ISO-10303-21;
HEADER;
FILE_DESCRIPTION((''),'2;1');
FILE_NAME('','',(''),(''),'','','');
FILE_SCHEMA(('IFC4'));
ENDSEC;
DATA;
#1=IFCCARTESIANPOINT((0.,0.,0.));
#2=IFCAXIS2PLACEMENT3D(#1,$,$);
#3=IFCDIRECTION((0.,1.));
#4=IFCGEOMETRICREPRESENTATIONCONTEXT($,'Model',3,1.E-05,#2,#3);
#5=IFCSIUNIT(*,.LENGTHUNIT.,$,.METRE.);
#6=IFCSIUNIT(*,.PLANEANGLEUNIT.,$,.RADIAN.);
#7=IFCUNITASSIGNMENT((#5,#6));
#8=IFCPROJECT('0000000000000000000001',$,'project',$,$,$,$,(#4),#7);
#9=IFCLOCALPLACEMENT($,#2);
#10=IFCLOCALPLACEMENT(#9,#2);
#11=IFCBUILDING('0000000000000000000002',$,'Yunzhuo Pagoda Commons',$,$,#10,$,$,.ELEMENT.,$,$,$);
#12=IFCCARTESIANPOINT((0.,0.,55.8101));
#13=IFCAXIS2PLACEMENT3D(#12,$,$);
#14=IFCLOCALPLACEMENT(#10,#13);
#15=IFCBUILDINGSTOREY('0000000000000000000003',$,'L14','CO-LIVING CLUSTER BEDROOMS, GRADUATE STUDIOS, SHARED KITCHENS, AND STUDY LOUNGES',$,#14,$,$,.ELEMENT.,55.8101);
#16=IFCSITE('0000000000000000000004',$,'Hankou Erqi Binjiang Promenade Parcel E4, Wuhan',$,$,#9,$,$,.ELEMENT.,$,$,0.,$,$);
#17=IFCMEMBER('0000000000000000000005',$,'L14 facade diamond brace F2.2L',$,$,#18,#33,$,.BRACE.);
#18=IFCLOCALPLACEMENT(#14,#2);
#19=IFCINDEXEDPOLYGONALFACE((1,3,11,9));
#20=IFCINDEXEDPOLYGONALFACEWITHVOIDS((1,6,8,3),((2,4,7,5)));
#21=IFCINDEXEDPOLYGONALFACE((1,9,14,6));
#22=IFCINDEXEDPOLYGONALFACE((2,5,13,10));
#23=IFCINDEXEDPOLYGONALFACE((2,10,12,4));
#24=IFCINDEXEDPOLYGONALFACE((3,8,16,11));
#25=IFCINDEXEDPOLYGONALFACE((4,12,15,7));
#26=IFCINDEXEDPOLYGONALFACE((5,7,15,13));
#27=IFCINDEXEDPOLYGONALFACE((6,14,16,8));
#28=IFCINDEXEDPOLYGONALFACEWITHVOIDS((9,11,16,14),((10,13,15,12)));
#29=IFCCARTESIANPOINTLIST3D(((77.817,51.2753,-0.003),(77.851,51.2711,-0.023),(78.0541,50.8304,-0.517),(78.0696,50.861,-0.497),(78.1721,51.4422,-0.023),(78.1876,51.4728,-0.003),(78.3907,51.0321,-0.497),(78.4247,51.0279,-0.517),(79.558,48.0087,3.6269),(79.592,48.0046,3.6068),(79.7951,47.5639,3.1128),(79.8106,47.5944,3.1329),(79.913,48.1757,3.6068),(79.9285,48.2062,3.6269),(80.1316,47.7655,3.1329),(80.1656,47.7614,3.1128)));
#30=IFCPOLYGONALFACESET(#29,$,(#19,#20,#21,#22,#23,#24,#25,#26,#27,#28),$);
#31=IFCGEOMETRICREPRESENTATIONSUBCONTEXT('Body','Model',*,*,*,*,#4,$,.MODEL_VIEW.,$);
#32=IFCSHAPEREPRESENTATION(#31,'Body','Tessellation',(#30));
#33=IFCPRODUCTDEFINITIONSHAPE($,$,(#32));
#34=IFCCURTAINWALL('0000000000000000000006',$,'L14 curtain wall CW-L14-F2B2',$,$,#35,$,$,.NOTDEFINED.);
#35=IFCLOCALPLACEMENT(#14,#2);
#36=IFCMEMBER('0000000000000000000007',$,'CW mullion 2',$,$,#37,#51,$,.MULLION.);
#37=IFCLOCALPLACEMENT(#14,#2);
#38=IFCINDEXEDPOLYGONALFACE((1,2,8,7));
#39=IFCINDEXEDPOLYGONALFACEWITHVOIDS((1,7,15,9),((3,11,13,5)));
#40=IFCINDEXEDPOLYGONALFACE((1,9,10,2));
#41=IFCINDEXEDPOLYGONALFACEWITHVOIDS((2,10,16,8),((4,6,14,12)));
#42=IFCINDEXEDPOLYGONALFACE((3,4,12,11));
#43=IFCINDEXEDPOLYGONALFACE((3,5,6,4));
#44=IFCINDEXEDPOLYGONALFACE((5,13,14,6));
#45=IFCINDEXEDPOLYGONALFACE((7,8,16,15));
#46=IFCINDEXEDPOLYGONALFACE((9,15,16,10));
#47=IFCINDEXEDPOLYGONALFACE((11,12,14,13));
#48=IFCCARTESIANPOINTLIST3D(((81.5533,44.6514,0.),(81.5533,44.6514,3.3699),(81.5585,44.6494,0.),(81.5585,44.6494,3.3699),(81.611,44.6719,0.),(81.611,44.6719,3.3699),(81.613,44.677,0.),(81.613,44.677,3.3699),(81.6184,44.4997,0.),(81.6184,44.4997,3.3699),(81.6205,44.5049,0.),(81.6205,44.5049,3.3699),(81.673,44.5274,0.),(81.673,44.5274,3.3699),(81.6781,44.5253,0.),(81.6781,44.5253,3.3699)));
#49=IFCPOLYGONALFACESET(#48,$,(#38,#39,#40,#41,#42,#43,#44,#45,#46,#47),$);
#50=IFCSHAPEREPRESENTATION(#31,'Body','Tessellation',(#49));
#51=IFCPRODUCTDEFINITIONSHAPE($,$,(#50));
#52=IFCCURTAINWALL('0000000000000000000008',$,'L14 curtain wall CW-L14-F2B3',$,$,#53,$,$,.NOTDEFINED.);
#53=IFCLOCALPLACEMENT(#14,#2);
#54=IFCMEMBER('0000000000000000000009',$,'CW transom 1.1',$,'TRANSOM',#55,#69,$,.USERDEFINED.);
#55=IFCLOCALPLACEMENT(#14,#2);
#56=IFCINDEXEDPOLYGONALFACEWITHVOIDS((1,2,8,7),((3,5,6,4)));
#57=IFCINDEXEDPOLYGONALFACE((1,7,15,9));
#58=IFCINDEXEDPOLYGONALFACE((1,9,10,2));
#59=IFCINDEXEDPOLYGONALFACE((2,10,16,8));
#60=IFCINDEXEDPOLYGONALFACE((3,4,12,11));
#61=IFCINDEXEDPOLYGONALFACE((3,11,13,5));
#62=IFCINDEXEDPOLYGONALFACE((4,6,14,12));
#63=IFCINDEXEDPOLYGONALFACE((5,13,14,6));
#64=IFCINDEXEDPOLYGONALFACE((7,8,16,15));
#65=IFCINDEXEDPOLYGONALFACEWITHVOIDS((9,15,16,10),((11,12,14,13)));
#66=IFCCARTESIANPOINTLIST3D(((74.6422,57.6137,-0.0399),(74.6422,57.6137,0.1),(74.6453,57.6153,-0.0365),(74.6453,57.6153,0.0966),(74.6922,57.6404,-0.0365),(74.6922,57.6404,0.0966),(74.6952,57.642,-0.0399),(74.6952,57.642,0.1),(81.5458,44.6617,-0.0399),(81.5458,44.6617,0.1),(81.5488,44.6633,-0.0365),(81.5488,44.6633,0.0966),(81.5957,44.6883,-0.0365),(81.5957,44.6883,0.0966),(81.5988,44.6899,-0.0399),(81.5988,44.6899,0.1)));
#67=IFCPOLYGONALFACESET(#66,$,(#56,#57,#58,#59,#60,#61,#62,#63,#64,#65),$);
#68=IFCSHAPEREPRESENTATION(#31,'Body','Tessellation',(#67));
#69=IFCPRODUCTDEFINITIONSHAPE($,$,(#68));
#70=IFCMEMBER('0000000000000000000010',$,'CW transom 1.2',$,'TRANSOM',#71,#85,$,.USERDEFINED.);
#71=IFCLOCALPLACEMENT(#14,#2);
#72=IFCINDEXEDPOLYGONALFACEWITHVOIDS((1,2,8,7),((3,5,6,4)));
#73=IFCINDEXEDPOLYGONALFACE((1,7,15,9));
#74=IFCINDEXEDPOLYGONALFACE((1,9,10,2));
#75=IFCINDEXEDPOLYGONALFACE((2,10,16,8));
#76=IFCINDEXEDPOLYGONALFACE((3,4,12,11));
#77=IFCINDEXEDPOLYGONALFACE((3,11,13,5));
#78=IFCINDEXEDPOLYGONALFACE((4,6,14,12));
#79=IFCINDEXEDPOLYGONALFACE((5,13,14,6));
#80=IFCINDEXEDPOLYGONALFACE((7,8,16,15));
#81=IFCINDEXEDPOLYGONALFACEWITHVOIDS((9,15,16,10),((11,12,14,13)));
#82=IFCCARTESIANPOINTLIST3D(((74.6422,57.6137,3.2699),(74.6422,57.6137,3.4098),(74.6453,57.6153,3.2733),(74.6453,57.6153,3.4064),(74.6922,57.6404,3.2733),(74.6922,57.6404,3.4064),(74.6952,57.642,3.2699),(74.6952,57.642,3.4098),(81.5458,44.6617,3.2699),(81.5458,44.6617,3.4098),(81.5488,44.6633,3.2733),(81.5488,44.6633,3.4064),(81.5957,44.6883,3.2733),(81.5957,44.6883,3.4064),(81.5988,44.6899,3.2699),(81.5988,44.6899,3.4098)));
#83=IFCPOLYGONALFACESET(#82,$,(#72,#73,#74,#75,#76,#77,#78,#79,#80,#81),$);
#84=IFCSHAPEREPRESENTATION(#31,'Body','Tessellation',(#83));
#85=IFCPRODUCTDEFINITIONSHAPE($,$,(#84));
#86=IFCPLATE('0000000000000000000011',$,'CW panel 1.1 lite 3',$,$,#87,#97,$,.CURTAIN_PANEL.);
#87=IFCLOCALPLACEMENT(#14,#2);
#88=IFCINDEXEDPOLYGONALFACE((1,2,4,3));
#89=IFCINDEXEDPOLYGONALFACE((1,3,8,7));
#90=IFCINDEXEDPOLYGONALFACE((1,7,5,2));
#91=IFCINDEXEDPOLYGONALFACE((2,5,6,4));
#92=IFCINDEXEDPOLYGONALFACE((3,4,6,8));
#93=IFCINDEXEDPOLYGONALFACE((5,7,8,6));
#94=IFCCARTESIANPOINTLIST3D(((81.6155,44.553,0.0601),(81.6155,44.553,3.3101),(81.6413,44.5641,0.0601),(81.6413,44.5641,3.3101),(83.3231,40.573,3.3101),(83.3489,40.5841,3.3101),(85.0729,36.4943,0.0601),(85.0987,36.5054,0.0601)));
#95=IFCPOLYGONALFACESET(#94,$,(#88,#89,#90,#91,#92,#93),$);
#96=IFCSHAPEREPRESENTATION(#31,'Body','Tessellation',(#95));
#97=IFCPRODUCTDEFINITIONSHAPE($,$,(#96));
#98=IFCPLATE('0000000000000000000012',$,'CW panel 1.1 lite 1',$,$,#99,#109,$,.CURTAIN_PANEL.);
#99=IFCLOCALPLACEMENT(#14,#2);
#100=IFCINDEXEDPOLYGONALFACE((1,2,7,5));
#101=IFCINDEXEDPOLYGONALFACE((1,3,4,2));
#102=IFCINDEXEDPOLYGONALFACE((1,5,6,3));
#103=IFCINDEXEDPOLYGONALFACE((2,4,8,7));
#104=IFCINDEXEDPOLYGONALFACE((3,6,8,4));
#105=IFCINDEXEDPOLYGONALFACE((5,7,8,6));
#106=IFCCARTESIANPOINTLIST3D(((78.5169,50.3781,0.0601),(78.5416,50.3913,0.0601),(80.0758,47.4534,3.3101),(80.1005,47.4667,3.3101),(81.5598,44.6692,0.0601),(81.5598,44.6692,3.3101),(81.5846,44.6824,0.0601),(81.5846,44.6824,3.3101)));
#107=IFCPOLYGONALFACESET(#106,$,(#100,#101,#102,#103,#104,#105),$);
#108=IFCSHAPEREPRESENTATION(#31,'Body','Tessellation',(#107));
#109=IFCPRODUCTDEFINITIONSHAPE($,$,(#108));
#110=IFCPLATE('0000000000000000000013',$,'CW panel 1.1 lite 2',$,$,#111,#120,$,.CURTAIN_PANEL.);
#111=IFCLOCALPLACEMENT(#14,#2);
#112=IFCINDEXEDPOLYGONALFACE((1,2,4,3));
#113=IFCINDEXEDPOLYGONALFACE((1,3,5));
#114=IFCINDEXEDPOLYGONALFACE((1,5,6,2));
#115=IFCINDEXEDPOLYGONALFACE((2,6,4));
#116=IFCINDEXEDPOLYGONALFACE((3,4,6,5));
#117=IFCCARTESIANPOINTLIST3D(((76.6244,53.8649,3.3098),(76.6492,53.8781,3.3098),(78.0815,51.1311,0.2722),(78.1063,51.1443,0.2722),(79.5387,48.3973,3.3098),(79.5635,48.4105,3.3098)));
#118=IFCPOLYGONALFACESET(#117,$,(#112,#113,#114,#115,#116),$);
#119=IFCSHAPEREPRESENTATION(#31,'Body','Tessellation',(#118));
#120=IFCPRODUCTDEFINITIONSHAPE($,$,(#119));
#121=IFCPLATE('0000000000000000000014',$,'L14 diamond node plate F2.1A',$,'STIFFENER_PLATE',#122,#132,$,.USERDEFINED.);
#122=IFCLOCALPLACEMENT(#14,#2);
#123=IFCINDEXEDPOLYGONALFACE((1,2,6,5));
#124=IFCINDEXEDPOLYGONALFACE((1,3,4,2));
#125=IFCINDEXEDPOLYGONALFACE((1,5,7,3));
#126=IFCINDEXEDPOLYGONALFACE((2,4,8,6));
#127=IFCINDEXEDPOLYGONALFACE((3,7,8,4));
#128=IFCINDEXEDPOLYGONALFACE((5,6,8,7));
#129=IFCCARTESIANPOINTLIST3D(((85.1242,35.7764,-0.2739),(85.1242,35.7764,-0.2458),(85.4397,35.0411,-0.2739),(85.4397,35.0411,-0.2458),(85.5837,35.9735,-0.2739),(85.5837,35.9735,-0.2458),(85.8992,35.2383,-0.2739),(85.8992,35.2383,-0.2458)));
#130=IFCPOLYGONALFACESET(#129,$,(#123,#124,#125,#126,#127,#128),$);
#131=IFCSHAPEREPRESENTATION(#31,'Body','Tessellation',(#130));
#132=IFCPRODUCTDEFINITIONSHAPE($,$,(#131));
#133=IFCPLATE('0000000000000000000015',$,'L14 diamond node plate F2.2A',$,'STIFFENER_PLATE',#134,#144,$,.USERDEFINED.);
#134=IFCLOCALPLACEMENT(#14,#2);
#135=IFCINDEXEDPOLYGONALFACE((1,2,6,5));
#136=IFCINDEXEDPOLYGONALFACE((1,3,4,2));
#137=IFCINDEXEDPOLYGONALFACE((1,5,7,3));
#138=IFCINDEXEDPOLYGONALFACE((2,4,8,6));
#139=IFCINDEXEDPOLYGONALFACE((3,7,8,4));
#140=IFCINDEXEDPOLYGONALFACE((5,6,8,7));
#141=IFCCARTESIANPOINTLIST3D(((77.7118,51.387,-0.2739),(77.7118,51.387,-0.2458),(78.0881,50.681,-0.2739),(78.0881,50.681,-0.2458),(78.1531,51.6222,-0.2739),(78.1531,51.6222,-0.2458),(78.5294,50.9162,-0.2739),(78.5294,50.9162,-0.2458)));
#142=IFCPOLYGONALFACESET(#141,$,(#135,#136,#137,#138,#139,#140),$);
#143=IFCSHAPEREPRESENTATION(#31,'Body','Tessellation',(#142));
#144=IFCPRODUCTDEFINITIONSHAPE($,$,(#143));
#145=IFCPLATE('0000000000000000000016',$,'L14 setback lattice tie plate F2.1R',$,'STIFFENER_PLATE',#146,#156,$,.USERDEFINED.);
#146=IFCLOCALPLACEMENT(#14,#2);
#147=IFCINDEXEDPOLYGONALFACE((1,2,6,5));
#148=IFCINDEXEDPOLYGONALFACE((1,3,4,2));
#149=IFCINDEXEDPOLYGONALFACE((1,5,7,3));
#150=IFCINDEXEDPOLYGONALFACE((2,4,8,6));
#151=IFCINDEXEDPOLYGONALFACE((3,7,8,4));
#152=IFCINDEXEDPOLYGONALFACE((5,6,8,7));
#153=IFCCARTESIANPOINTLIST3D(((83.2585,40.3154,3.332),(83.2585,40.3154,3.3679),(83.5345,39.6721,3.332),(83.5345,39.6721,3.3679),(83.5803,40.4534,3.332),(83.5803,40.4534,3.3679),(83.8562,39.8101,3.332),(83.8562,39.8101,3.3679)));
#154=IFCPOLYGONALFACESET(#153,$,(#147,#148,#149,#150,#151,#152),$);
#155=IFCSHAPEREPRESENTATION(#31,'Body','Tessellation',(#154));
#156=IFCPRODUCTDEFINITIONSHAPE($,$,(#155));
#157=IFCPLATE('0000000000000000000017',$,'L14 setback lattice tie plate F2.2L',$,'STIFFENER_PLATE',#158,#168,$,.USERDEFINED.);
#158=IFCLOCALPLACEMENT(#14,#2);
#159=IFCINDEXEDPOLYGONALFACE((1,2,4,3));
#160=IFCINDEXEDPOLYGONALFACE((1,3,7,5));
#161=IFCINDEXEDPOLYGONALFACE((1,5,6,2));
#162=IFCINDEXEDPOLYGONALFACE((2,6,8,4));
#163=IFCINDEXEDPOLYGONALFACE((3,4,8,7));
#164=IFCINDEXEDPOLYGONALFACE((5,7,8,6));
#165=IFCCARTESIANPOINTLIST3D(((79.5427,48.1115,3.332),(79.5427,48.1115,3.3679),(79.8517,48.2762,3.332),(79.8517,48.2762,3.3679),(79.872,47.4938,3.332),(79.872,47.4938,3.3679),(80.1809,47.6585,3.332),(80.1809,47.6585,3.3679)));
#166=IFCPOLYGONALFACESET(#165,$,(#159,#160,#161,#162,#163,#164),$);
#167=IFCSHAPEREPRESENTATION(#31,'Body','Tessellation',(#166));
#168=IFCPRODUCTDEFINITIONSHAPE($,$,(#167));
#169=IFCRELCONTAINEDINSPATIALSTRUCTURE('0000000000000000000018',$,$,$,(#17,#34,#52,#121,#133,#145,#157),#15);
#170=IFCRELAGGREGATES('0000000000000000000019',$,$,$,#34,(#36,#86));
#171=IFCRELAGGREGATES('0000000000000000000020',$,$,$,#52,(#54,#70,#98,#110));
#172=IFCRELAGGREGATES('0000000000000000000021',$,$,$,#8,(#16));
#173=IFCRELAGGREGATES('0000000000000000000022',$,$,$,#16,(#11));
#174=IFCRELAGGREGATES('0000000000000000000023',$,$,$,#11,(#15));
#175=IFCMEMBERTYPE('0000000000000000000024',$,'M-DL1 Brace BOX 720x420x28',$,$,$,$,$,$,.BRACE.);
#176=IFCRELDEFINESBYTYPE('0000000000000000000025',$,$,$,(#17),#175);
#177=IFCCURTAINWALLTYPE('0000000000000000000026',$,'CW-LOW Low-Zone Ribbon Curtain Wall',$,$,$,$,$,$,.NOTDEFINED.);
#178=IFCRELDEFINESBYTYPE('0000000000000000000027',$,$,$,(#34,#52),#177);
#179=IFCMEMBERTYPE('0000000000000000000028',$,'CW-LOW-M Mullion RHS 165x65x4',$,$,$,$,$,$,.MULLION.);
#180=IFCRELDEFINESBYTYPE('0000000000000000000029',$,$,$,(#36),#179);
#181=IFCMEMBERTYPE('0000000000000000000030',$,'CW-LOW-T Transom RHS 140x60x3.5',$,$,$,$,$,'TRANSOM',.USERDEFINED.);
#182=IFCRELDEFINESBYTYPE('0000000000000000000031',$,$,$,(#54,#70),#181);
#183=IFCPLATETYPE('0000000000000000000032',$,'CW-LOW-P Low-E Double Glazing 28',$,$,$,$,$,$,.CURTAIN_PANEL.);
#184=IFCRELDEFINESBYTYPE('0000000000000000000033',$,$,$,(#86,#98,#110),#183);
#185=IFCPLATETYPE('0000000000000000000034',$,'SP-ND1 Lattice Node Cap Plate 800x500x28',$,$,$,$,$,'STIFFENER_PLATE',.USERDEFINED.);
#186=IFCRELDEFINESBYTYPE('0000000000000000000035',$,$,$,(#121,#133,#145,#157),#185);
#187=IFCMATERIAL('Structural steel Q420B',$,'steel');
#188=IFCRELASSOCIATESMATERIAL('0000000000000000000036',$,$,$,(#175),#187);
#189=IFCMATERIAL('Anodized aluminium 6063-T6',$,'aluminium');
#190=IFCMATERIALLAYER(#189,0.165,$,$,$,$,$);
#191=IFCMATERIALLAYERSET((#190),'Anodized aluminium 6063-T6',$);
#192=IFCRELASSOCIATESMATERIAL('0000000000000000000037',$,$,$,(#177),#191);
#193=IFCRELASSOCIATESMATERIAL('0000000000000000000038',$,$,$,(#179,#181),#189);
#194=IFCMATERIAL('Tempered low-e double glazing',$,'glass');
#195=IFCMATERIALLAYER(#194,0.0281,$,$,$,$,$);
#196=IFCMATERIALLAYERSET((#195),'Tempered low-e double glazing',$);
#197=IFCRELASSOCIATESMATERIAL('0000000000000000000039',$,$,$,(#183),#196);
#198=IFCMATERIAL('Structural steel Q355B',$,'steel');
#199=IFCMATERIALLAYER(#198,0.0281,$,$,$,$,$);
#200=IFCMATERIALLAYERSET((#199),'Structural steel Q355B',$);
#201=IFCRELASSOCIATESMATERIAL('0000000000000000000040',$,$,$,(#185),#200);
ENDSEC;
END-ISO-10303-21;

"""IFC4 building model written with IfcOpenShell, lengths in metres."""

from ifc_helpers import new_model, si_unit, direction, frame, origin, origin_2d, place, context, subcontext, project, spatial, polyline, rectangle, hollow_rectangle, outline, extrude, source, transform, mapped, material, layer, layer_set, material_profile, profile_set, type_object, element, aggregate, save


model = new_model("IFC4")

# Units and contexts
model_context = context("Model", 3, precision=1e-05, world=origin(), true_north=direction((0.0, 1.0)))
body_context = subcontext(model_context, "Body", "Model", "MODEL_VIEW")
ifc_project = project(units=[si_unit("LENGTHUNIT", "METRE"), si_unit("PLANEANGLEUNIT", "RADIAN")], contexts=[model_context])

# Site, building, storey
site_placement = place(None, origin())
site = spatial("IfcSite", under=ifc_project, at=site_placement, Name="Hankou Erqi Binjiang Promenade Parcel E4, Wuhan", CompositionType="ELEMENT", RefElevation=0.0)
building_placement = place(site_placement, origin())
building = spatial("IfcBuilding", under=site, at=building_placement, Name="Yunzhuo Pagoda Commons", CompositionType="ELEMENT")
storey_placement = place(building_placement, frame((0.0, 0.0, 55.8101)))
storey = spatial("IfcBuildingStorey", under=building, at=storey_placement, Name="L14", Description="CO-LIVING CLUSTER BEDROOMS, GRADUATE STUDIOS, SHARED KITCHENS, AND STUDY LOUNGES", CompositionType="ELEMENT", Elevation=55.8101)

# Shared definitions
ifc_material_1 = material(Name="Structural steel Q420B", Category="steel")

# Shared definitions
ifc_material_2 = material(Name="Structural steel Q355B", Category="steel")

# Member
ifc_material_profile_1 = material_profile(ifc_material_1, hollow_rectangle(XDim=0.4199, YDim=0.72, WallThickness=0.0281, at=origin_2d()), Name="Structural steel Q420B")
ifc_profile_set_1 = profile_set([ifc_material_profile_1], Name="Structural steel Q420B")
member_type_1 = type_object("IfcMemberType", Name="M-DL1 Brace BOX 720x420x28", PredefinedType="BRACE", material=ifc_profile_set_1)
shared_shape_1 = source(origin(), body_context, "Body", "SweptSolid", [
    extrude(hollow_rectangle(XDim=0.4199, YDim=0.72, WallThickness=0.0281, at=origin_2d()), origin(), (0.0, 0.0, 1.0), 5.1843),
])
member_1_placement = place(storey_placement, frame((78.1208, 51.1516, -0.26), z_axis=(0.335811, -0.630086, 0.700159), x_axis=(0.88249, 0.470331, 0.0)))
element("IfcMember", 1, at=member_1_placement, inside=storey, type_object=member_type_1, Name="L14 facade diamond brace F2.2L", PredefinedType="BRACE", context=body_context, shape_type="MappedRepresentation", body=[
    mapped(shared_shape_1, transform((0.0, 0.0, 0.0), scale=1.0)),
])

# Curtain wall, member
ifc_material_3 = material(Name="Anodized aluminium 6063-T6", Category="aluminium")
ifc_layer_1 = layer(ifc_material_3, 0.165)
ifc_layer_set_1 = layer_set([ifc_layer_1], Name="Anodized aluminium 6063-T6")
curtain_wall_type = type_object("IfcCurtainWallType", Name="CW-LOW Low-Zone Ribbon Curtain Wall", PredefinedType="NOTDEFINED", material=ifc_layer_set_1)
curtain_wall_1_placement = place(storey_placement, origin())
curtain_wall_1 = element("IfcCurtainWall", 2, at=curtain_wall_1_placement, inside=storey, type_object=curtain_wall_type, Name="L14 curtain wall CW-L14-F2B2", PredefinedType="NOTDEFINED")
ifc_material_profile_2 = material_profile(ifc_material_3, hollow_rectangle(XDim=0.0649, YDim=0.165, WallThickness=0.0039, at=origin_2d()), Name="Anodized aluminium 6063-T6")
ifc_profile_set_2 = profile_set([ifc_material_profile_2], Name="Anodized aluminium 6063-T6")
member_type_2 = type_object("IfcMemberType", Name="CW-LOW-M Mullion RHS 165x65x4", PredefinedType="MULLION", material=ifc_profile_set_2)
shared_shape_2 = source(origin(), body_context, "Body", "SweptSolid", [
    extrude(hollow_rectangle(XDim=0.0649, YDim=0.165, WallThickness=0.0039, at=origin_2d()), origin(), (0.0, 0.0, 1.0), 3.3699),
])
member_2_placement = place(storey_placement, frame((81.6157, 44.5884, 0.0), z_axis=(0.0, 0.0, 1.0), x_axis=(-0.918993, -0.394274, 0.0)))
member_2 = element("IfcMember", 3, at=member_2_placement, type_object=member_type_2, Name="CW mullion 2", PredefinedType="MULLION", context=body_context, shape_type="MappedRepresentation", body=[
    mapped(shared_shape_2, transform((0.0, 0.0, 0.0), scale=1.0)),
])

# Curtain wall, members
curtain_wall_2_placement = place(storey_placement, origin())
curtain_wall_2 = element("IfcCurtainWall", 4, at=curtain_wall_2_placement, inside=storey, type_object=curtain_wall_type, Name="L14 curtain wall CW-L14-F2B3", PredefinedType="NOTDEFINED")
ifc_material_profile_3 = material_profile(ifc_material_3, hollow_rectangle(XDim=0.0601, YDim=0.1399, WallThickness=0.0034, at=origin_2d()), Name="Anodized aluminium 6063-T6")
ifc_profile_set_3 = profile_set([ifc_material_profile_3], Name="Anodized aluminium 6063-T6")
member_type_3 = type_object("IfcMemberType", Name="CW-LOW-T Transom RHS 140x60x3.5", ElementType="TRANSOM", PredefinedType="USERDEFINED", material=ifc_profile_set_3)
shared_shape_3 = source(origin(), body_context, "Body", "SweptSolid", [
    extrude(hollow_rectangle(XDim=0.0601, YDim=0.1399, WallThickness=0.0034, at=origin_2d()), origin(), (0.0, 0.0, 1.0), 14.677),
])
member_3_placement = place(storey_placement, frame((81.5723, 44.6758, 0.03), z_axis=(-0.470363, 0.882473, 0.0), x_axis=(-0.882473, -0.470363, 0.0)))
member_3 = element("IfcMember", 5, at=member_3_placement, type_object=member_type_3, Name="CW transom 1.1", ObjectType="TRANSOM", PredefinedType="USERDEFINED", context=body_context, shape_type="MappedRepresentation", body=[
    mapped(shared_shape_3, transform((0.0, 0.0, 0.0), scale=1.0)),
])
member_4_placement = place(storey_placement, frame((81.5723, 44.6758, 3.3398), z_axis=(-0.470363, 0.882473, 0.0), x_axis=(-0.882473, -0.470363, 0.0)))
member_4 = element("IfcMember", 6, at=member_4_placement, type_object=member_type_3, Name="CW transom 1.2", ObjectType="TRANSOM", PredefinedType="USERDEFINED", context=body_context, shape_type="MappedRepresentation", body=[
    mapped(shared_shape_3, transform((0.0, 0.0, 0.0), scale=1.0)),
])

# Plates
ifc_material_4 = material(Name="Tempered low-e double glazing", Category="glass")
ifc_layer_2 = layer(ifc_material_4, 0.0281)
ifc_layer_set_2 = layer_set([ifc_layer_2], Name="Tempered low-e double glazing")
plate_type_1 = type_object("IfcPlateType", Name="CW-LOW-P Low-E Double Glazing 28", PredefinedType="CURTAIN_PANEL", material=ifc_layer_set_2)
plate_1_placement = place(storey_placement, frame((83.3442, 40.5237, 1.6851), z_axis=(0.918993, 0.394274, 0.0), x_axis=(-0.394274, 0.918993, 0.0)))
plate_1 = element("IfcPlate", 7, at=plate_1_placement, type_object=plate_type_1, Name="CW panel 1.1 lite 3", PredefinedType="CURTAIN_PANEL", context=body_context, shape_type="SweptSolid", body=[
    extrude(outline(polyline([(-4.3845, -1.625), (4.3845, -1.625), (4.3845, 1.625), (0.0537, 1.625), (-4.3845, -1.625)])), origin(), (0.0, 0.0, 1.0), 0.0281),
])
aggregate(curtain_wall_1, [member_2, plate_1])
plate_2_placement = place(storey_placement, frame((80.0383, 47.5237, 1.6851), z_axis=(0.88247, 0.470369, 0.0), x_axis=(-0.470369, 0.88247, 0.0)))
plate_2 = element("IfcPlate", 8, at=plate_2_placement, type_object=plate_type_1, Name="CW panel 1.1 lite 1", PredefinedType="CURTAIN_PANEL", context=body_context, shape_type="SweptSolid", body=[
    extrude(outline(polyline([(-3.2346, -1.625), (3.2346, -1.625), (-0.0796, 1.625), (-3.2346, 1.625), (-3.2346, -1.625)])), origin(), (0.0, 0.0, 1.0), 0.0281),
])
plate_3_placement = place(storey_placement, frame((78.0815, 51.1311, 1.791), z_axis=(0.88247, 0.470369, 0.0), x_axis=(-0.470369, 0.88247, 0.0)))
plate_3 = element("IfcPlate", 9, at=plate_3_placement, type_object=plate_type_1, Name="CW panel 1.1 lite 2", PredefinedType="CURTAIN_PANEL", context=body_context, shape_type="SweptSolid", body=[
    extrude(outline(polyline([(-3.0979, 1.5188), (0.0, -1.5188), (3.0979, 1.5188), (-3.0979, 1.5188)])), origin(), (0.0, 0.0, 1.0), 0.0281),
])
aggregate(curtain_wall_2, [member_3, member_4, plate_2, plate_3])

# Plates
ifc_layer_3 = layer(ifc_material_2, 0.0281)
ifc_layer_set_3 = layer_set([ifc_layer_3], Name="Structural steel Q355B")
plate_type_2 = type_object("IfcPlateType", Name="SP-ND1 Lattice Node Cap Plate 800x500x28", ElementType="STIFFENER_PLATE", PredefinedType="USERDEFINED", material=ifc_layer_set_3)
shared_shape_4 = source(origin(), body_context, "Body", "SweptSolid", [
    extrude(rectangle(XDim=0.8, YDim=0.5, at=origin_2d()), origin(), (0.0, 0.0, 1.0), 0.0281),
])
for number, where, z_axis, x_axis, name in (
    (10, (85.5117, 35.5073, -0.2739), (0.0, 0.0, 1.0), (-0.394279, 0.918991, 0.0), "L14 diamond node plate F2.1A"),
    (11, (78.1206, 51.1516, -0.2739), (0.0, 0.0, 1.0), (-0.470365, 0.882472, 0.0), "L14 diamond node plate F2.2A"),
):
    element("IfcPlate", number, at=place(storey_placement, frame(where, z_axis=z_axis, x_axis=x_axis)), inside=storey, type_object=plate_type_2, Name=name, ObjectType="STIFFENER_PLATE", PredefinedType="USERDEFINED", context=body_context, shape_type="MappedRepresentation", body=[
        mapped(shared_shape_4, transform((0.0, 0.0, 0.0), scale=1.0)),
    ])
shared_shape_5 = source(origin(), body_context, "Body", "SweptSolid", [
    extrude(rectangle(XDim=0.7, YDim=0.3501, at=origin_2d()), origin(), (0.0, 0.0, 1.0), 0.0359),
])
for number, where, z_axis, x_axis, name in (
    (12, (83.5574, 40.0627, 3.332), (0.0, 0.0, 1.0), (-0.394279, 0.918991, 0.0), "L14 setback lattice tie plate F2.1R"),
    (13, (79.8618, 47.885, 3.332), (0.0, 0.0, 1.0), (-0.470365, 0.882472, 0.0), "L14 setback lattice tie plate F2.2L"),
):
    element("IfcPlate", number, at=place(storey_placement, frame(where, z_axis=z_axis, x_axis=x_axis)), inside=storey, type_object=plate_type_2, Name=name, ObjectType="STIFFENER_PLATE", PredefinedType="USERDEFINED", context=body_context, shape_type="MappedRepresentation", body=[
        mapped(shared_shape_5, transform((0.0, 0.0, 0.0), scale=1.0)),
    ])

save(model, "model.ifc")
